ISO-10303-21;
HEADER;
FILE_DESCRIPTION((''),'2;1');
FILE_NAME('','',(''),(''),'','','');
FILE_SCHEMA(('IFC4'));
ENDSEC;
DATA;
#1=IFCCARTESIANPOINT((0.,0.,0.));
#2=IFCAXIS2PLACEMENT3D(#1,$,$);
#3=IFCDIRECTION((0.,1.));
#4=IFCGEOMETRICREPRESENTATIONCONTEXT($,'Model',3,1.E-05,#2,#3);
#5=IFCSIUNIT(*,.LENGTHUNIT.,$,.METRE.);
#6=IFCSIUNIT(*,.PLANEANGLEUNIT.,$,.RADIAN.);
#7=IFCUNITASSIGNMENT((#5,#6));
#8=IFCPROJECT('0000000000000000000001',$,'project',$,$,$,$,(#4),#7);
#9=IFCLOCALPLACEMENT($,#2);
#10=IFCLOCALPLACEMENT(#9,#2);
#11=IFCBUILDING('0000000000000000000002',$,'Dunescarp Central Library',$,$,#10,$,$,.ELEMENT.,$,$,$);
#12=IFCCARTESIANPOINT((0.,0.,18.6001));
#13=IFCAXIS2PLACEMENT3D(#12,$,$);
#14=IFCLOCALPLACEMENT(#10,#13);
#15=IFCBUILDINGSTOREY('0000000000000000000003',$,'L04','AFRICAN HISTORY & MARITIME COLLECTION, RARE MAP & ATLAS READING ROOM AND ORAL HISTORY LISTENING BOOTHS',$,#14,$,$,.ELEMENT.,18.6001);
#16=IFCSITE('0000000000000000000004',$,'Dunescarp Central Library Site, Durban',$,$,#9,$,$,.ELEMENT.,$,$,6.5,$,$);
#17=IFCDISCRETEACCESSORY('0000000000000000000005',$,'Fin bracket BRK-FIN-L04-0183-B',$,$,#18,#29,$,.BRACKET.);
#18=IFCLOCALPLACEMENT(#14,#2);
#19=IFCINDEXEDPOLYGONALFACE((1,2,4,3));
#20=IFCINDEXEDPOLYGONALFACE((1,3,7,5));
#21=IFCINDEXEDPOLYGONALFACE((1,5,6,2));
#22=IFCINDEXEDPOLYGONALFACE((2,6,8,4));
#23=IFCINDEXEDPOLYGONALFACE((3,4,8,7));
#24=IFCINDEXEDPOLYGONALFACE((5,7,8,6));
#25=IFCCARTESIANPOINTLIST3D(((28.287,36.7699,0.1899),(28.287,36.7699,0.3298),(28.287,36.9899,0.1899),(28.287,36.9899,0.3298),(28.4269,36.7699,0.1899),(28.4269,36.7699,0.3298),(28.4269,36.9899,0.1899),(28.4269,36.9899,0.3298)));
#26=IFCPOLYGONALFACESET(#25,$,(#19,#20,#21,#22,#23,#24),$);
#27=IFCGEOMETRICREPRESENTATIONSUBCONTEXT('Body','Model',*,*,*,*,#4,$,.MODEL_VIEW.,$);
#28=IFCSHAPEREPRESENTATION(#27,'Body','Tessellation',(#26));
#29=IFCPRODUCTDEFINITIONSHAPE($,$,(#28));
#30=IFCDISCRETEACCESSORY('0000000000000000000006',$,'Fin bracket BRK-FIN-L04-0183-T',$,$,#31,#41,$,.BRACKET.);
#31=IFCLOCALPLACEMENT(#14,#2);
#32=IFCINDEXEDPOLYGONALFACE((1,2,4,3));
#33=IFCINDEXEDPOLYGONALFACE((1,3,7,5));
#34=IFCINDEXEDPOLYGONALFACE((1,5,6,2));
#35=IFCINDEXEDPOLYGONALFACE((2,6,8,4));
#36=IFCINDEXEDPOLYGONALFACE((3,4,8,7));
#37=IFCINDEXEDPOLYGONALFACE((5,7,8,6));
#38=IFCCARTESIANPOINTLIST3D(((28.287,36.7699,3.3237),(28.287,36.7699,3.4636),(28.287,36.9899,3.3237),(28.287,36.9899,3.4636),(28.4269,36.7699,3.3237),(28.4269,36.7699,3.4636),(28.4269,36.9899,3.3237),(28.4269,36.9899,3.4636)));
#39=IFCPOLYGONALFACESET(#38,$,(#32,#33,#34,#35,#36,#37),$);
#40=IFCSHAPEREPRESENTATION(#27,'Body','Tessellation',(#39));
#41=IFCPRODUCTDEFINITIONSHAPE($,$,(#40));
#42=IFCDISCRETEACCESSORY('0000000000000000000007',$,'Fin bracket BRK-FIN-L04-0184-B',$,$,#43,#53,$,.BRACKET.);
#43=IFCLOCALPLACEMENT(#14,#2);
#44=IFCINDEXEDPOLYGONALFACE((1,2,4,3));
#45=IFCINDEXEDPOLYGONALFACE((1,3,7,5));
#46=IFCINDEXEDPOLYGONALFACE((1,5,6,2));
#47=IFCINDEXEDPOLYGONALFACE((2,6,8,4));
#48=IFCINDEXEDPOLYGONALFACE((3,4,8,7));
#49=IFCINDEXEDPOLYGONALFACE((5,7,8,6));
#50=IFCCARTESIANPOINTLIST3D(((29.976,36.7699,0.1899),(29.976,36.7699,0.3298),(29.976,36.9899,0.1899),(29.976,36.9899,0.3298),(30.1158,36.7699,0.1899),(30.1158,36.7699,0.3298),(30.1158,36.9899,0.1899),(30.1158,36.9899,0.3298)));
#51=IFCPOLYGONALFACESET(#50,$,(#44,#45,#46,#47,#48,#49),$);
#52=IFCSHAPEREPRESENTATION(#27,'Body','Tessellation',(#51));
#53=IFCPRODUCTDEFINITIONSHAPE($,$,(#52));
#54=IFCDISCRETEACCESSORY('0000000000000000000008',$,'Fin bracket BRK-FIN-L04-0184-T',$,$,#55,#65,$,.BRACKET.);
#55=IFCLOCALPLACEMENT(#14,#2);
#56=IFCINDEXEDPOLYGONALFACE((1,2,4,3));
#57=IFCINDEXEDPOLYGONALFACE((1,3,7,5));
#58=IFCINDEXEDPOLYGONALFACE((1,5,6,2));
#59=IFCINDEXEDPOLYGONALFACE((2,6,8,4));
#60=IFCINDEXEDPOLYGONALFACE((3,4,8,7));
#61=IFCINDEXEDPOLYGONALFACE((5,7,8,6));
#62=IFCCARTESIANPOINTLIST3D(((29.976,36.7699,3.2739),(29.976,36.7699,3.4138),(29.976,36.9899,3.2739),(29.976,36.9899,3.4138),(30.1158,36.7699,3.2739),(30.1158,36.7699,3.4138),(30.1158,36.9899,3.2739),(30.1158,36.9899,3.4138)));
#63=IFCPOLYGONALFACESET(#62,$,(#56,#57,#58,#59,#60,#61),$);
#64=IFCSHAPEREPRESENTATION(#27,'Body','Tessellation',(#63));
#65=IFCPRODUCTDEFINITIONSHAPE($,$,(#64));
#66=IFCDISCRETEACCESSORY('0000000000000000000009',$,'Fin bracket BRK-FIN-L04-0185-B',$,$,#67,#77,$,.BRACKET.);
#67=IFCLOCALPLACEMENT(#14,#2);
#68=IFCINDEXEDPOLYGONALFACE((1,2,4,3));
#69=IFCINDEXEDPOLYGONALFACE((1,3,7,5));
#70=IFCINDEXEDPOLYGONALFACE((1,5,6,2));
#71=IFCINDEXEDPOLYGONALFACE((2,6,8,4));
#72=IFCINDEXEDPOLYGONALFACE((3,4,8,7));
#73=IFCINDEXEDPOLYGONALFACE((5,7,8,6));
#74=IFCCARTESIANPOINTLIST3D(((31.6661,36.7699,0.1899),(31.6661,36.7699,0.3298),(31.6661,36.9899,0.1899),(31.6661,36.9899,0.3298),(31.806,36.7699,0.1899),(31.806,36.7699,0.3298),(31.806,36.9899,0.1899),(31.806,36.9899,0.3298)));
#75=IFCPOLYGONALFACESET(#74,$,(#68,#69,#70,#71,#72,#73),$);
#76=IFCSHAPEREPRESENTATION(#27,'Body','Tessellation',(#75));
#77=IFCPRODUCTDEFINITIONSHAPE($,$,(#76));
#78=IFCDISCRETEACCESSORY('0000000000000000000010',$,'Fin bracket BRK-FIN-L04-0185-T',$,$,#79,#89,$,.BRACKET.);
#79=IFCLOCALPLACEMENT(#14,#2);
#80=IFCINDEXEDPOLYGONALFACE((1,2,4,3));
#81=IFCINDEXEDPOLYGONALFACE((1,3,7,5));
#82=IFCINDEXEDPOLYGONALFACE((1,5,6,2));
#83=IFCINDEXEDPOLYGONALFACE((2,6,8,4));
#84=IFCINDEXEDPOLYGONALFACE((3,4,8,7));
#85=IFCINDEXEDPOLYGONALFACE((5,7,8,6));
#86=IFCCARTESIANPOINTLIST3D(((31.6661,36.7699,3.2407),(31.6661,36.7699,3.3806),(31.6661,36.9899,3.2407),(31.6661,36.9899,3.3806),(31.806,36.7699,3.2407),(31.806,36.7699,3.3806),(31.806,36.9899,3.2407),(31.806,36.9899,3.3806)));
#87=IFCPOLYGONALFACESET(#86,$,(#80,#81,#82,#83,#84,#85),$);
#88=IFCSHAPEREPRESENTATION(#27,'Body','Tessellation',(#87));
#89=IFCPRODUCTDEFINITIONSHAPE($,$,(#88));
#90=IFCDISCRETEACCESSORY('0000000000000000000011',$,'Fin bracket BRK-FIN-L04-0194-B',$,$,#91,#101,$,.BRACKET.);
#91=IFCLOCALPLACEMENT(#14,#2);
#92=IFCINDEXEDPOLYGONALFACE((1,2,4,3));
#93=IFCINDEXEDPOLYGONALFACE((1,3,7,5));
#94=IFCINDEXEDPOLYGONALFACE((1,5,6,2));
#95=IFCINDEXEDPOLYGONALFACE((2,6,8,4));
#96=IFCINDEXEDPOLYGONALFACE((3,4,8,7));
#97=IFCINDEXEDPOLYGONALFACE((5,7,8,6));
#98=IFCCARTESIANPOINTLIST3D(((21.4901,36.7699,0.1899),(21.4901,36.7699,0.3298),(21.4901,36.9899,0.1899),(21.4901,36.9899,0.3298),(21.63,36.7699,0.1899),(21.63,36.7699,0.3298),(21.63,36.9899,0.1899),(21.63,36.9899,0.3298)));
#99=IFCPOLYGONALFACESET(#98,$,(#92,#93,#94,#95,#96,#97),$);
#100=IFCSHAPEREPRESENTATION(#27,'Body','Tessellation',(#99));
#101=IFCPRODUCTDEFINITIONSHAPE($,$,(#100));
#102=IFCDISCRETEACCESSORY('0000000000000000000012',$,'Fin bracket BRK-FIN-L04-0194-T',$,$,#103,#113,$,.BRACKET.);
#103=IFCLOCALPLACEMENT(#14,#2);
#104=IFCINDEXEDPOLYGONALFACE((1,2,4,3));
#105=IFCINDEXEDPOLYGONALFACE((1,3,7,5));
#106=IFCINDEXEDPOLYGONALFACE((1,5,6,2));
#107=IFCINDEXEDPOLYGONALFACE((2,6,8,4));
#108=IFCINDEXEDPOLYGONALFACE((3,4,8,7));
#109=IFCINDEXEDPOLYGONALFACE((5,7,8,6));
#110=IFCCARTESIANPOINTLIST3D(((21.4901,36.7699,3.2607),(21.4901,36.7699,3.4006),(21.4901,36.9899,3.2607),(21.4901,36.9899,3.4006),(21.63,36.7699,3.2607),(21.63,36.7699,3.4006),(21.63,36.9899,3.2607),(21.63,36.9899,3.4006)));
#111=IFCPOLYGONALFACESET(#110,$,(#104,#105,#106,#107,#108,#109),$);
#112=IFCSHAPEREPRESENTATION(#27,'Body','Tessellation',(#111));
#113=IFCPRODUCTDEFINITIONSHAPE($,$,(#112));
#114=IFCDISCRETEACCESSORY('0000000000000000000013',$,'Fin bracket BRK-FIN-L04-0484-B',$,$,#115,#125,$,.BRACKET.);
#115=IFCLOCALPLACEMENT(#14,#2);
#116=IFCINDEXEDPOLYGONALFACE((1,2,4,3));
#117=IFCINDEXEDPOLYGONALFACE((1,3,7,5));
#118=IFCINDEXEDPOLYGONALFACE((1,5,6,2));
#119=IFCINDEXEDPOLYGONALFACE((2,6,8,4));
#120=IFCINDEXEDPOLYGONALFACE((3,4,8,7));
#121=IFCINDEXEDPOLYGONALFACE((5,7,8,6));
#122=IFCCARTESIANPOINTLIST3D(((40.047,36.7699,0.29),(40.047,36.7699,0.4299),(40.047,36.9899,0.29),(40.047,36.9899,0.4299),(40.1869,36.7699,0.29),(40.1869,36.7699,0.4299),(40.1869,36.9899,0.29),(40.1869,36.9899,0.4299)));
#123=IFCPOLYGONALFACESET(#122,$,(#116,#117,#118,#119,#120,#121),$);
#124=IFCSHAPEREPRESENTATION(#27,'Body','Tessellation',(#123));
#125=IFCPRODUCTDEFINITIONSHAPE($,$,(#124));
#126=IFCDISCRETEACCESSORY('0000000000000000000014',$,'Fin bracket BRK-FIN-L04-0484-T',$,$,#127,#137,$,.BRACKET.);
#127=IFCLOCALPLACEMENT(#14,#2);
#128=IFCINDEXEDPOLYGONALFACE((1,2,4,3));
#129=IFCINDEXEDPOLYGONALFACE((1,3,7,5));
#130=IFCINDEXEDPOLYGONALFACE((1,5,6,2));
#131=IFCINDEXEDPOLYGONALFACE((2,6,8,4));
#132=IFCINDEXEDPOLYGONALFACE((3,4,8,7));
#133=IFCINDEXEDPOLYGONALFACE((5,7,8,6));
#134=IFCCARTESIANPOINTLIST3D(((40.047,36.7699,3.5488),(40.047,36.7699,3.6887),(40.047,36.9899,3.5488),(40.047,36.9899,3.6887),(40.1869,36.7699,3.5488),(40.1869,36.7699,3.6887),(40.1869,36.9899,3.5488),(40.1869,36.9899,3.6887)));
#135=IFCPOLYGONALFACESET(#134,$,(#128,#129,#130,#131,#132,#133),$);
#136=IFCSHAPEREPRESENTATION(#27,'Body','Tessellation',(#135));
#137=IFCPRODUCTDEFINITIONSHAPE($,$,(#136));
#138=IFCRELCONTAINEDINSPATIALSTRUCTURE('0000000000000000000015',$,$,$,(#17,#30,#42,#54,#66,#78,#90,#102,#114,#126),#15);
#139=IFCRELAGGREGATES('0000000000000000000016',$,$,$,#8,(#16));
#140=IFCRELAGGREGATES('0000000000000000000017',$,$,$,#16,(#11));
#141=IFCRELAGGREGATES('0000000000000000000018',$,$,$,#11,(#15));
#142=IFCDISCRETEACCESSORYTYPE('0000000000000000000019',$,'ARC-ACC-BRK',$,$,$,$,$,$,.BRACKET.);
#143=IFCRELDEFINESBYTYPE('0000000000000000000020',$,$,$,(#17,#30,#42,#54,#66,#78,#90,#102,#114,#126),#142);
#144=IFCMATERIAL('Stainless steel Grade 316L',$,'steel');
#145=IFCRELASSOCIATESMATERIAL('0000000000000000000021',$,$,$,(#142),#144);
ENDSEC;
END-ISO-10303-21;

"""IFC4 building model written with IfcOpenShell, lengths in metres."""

from ifc_helpers import new_model, si_unit, direction, frame, origin, origin_2d, place, context, subcontext, project, spatial, rectangle, extrude, material, type_object, element, save


model = new_model("IFC4")

# Units and contexts
model_context = context("Model", 3, precision=1e-05, world=origin(), true_north=direction((0.0, 1.0)))
body_context = subcontext(model_context, "Body", "Model", "MODEL_VIEW")
ifc_project = project(units=[si_unit("LENGTHUNIT", "METRE"), si_unit("PLANEANGLEUNIT", "RADIAN")], contexts=[model_context])

# Site, building, storey
site_placement = place(None, origin())
site = spatial("IfcSite", under=ifc_project, at=site_placement, Name="Dunescarp Central Library Site, Durban", CompositionType="ELEMENT", RefElevation=6.5)
building_placement = place(site_placement, origin())
building = spatial("IfcBuilding", under=site, at=building_placement, Name="Dunescarp Central Library", CompositionType="ELEMENT")
storey_placement = place(building_placement, frame((0.0, 0.0, 18.6001)))
storey = spatial("IfcBuildingStorey", under=building, at=storey_placement, Name="L04", Description="AFRICAN HISTORY & MARITIME COLLECTION, RARE MAP & ATLAS READING ROOM AND ORAL HISTORY LISTENING BOOTHS", CompositionType="ELEMENT", Elevation=18.6001)

# Discrete accessories
ifc_material_1 = material(Name="Stainless steel Grade 316L", Category="steel")
discrete_accessory_type = type_object("IfcDiscreteAccessoryType", Name="ARC-ACC-BRK", PredefinedType="BRACKET", material=ifc_material_1)
for number, where, z_axis, x_axis, name in (
    (1, (28.3569, 36.8799, 0.1899), (0.0, 0.0, 1.0), (0.0, 1.0, 0.0), "Fin bracket BRK-FIN-L04-0183-B"),
    (2, (28.3569, 36.8799, 3.3237), (0.0, 0.0, 1.0), (0.0, 1.0, 0.0), "Fin bracket BRK-FIN-L04-0183-T"),
    (3, (30.0459, 36.8799, 0.1899), (0.0, 0.0, 1.0), (0.0, 1.0, 0.0), "Fin bracket BRK-FIN-L04-0184-B"),
    (4, (30.0459, 36.8799, 3.2739), (0.0, 0.0, 1.0), (0.0, 1.0, 0.0), "Fin bracket BRK-FIN-L04-0184-T"),
    (5, (31.7361, 36.8799, 0.1899), (0.0, 0.0, 1.0), (0.0, 1.0, 0.0), "Fin bracket BRK-FIN-L04-0185-B"),
    (6, (31.7361, 36.8799, 3.2407), (0.0, 0.0, 1.0), (0.0, 1.0, 0.0), "Fin bracket BRK-FIN-L04-0185-T"),
    (7, (21.5601, 36.8799, 0.1899), (0.0, 0.0, 1.0), (0.0, 1.0, 0.0), "Fin bracket BRK-FIN-L04-0194-B"),
    (8, (21.5601, 36.8799, 3.2607), (0.0, 0.0, 1.0), (0.0, 1.0, 0.0), "Fin bracket BRK-FIN-L04-0194-T"),
    (9, (40.1169, 36.8799, 0.29), (0.0, 0.0, 1.0), (0.0, 1.0, 0.0), "Fin bracket BRK-FIN-L04-0484-B"),
    (10, (40.1169, 36.8799, 3.5488), (0.0, 0.0, 1.0), (0.0, 1.0, 0.0), "Fin bracket BRK-FIN-L04-0484-T"),
):
    element("IfcDiscreteAccessory", number, at=place(storey_placement, frame(where, z_axis=z_axis, x_axis=x_axis)), inside=storey, type_object=discrete_accessory_type, Name=name, PredefinedType="BRACKET", context=body_context, shape_type="SweptSolid", body=[
        extrude(rectangle(XDim=0.22, YDim=0.1399, at=origin_2d()), origin(), (0.0, 0.0, 1.0), 0.1399),
    ])

save(model, "model.ifc")
